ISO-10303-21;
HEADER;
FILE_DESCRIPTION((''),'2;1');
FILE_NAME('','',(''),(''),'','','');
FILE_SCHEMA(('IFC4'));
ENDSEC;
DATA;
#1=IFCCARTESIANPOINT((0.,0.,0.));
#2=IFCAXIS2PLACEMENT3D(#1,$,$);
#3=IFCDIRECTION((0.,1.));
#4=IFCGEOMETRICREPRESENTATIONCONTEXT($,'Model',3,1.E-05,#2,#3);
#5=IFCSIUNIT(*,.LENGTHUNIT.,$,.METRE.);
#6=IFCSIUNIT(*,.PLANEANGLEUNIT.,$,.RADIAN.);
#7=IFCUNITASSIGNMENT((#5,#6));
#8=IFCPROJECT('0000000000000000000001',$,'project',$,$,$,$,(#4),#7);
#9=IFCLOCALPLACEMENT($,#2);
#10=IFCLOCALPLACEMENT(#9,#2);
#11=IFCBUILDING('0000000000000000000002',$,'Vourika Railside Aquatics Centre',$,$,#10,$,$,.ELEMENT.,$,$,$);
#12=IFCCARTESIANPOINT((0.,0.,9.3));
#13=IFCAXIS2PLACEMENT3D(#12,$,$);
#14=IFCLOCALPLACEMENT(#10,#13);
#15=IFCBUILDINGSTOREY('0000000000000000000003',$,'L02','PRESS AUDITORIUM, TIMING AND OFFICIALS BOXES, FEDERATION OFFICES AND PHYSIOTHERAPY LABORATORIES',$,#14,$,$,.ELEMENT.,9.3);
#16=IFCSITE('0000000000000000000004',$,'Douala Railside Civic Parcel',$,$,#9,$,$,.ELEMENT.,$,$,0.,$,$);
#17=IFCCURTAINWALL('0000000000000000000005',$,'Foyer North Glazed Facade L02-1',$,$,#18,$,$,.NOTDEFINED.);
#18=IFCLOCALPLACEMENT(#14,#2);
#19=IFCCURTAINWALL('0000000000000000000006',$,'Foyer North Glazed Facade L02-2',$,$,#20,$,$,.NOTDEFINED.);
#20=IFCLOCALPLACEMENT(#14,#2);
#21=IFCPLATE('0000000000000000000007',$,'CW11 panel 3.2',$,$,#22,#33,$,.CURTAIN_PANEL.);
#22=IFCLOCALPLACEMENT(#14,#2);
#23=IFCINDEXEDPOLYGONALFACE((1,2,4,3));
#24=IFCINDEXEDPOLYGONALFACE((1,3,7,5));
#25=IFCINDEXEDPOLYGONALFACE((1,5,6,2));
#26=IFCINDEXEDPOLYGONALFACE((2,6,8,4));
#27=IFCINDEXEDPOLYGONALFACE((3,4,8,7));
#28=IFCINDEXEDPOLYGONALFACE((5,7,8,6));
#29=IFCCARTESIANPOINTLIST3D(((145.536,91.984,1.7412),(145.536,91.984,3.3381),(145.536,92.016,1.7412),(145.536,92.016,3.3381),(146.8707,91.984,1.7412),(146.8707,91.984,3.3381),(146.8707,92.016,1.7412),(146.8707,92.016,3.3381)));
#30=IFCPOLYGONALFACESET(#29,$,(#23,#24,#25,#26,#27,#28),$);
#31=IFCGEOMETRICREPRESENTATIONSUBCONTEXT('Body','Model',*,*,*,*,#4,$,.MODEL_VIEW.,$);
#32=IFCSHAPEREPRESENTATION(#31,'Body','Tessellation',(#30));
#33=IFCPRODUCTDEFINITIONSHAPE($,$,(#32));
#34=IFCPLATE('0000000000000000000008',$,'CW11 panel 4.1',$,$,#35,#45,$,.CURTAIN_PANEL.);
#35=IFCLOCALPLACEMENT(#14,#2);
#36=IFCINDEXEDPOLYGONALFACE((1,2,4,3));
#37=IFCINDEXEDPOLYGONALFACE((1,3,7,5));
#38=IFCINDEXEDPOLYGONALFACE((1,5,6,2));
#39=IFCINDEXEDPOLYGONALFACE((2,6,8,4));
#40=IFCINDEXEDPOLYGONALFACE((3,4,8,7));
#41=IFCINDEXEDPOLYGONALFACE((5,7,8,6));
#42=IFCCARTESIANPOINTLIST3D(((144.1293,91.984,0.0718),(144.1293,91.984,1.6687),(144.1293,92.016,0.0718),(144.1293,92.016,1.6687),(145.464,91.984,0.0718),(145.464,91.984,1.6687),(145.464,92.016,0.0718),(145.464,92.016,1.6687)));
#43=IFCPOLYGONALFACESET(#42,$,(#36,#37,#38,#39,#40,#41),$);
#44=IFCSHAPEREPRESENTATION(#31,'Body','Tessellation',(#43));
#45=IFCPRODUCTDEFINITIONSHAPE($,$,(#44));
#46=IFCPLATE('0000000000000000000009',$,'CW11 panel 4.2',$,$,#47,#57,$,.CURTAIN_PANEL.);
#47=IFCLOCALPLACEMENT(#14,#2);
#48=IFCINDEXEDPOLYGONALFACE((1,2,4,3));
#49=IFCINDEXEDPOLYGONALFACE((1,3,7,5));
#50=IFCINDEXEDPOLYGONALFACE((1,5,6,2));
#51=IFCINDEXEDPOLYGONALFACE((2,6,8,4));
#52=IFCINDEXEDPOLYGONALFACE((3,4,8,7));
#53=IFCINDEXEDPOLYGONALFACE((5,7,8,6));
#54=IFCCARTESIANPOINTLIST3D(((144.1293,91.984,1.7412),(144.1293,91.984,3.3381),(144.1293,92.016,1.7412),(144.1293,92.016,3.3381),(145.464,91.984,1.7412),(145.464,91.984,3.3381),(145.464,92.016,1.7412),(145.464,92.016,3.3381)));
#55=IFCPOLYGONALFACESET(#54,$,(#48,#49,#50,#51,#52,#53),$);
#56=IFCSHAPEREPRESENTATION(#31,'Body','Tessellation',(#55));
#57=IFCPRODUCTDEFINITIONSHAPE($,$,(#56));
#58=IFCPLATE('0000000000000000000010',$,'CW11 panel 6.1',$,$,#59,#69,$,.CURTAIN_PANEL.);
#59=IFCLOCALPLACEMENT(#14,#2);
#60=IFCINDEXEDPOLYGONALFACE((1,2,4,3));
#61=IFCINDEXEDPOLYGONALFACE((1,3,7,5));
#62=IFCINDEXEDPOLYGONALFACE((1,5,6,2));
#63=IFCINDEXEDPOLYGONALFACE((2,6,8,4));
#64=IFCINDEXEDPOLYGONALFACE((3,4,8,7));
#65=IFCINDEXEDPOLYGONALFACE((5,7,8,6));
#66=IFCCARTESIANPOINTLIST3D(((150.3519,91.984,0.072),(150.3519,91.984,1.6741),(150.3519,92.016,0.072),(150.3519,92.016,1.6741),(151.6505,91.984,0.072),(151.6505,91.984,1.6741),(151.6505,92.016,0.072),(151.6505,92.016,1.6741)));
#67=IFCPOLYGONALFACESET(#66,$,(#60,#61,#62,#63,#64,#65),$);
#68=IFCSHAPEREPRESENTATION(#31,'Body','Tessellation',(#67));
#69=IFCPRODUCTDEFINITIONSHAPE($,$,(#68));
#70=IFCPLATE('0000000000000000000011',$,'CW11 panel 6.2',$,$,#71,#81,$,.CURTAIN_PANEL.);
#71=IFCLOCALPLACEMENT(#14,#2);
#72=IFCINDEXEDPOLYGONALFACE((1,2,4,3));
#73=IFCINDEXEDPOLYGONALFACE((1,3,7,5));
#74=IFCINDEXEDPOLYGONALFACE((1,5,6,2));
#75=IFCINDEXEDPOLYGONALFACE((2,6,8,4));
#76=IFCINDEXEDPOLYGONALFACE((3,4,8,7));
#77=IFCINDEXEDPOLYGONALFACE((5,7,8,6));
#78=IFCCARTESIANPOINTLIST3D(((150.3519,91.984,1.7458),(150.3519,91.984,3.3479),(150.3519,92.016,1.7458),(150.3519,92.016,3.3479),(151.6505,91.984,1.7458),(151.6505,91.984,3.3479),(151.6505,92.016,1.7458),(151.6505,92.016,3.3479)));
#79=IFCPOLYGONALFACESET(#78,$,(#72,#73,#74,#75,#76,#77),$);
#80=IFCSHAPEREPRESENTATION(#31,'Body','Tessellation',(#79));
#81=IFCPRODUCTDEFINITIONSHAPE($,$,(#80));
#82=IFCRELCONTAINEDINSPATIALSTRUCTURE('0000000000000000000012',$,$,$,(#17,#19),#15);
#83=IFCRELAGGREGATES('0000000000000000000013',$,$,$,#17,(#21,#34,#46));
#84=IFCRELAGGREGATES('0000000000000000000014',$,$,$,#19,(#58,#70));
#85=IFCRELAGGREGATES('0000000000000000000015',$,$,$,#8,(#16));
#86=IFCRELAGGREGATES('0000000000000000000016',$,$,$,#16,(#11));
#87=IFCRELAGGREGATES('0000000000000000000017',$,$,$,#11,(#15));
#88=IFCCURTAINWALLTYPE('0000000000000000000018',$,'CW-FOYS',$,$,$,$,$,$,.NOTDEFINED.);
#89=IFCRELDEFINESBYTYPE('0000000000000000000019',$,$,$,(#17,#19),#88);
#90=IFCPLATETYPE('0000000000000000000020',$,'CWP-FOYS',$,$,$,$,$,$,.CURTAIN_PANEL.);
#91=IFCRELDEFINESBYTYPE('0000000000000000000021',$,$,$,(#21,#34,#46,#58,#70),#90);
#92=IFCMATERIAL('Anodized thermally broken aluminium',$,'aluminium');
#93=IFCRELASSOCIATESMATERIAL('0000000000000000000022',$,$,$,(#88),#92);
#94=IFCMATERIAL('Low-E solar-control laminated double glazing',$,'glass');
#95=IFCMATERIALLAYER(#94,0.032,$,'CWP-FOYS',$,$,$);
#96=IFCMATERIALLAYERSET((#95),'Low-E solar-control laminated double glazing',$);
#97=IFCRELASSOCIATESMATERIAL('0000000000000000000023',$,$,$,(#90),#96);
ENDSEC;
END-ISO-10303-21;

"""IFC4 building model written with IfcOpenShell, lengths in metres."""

from ifc_helpers import new_model, si_unit, direction, frame, origin, origin_2d, place, context, subcontext, project, spatial, rectangle, extrude, material, layer, layer_set, type_object, element, aggregate, save


model = new_model("IFC4")

# Units and contexts
model_context = context("Model", 3, precision=1e-05, world=origin(), true_north=direction((0.0, 1.0)))
body_context = subcontext(model_context, "Body", "Model", "MODEL_VIEW")
ifc_project = project(units=[si_unit("LENGTHUNIT", "METRE"), si_unit("PLANEANGLEUNIT", "RADIAN")], contexts=[model_context])

# Site, building, storey
site_placement = place(None, origin())
site = spatial("IfcSite", under=ifc_project, at=site_placement, Name="Douala Railside Civic Parcel", CompositionType="ELEMENT", RefElevation=0.0)
building_placement = place(site_placement, origin())
building = spatial("IfcBuilding", under=site, at=building_placement, Name="Vourika Railside Aquatics Centre", CompositionType="ELEMENT")
storey_placement = place(building_placement, frame((0.0, 0.0, 9.3)))
storey = spatial("IfcBuildingStorey", under=building, at=storey_placement, Name="L02", Description="PRESS AUDITORIUM, TIMING AND OFFICIALS BOXES, FEDERATION OFFICES AND PHYSIOTHERAPY LABORATORIES", CompositionType="ELEMENT", Elevation=9.3)

# Curtain wall
ifc_material_1 = material(Name="Anodized thermally broken aluminium", Category="aluminium")
curtain_wall_type = type_object("IfcCurtainWallType", Name="CW-FOYS", PredefinedType="NOTDEFINED", material=ifc_material_1)
curtain_wall_1_placement = place(storey_placement, origin())
curtain_wall_1 = element("IfcCurtainWall", 1, at=curtain_wall_1_placement, inside=storey, type_object=curtain_wall_type, Name="Foyer North Glazed Facade L02-1", PredefinedType="NOTDEFINED")

# Curtain wall
curtain_wall_2_placement = place(storey_placement, origin())
curtain_wall_2 = element("IfcCurtainWall", 2, at=curtain_wall_2_placement, inside=storey, type_object=curtain_wall_type, Name="Foyer North Glazed Facade L02-2", PredefinedType="NOTDEFINED")

# Plates
ifc_material_2 = material(Name="Low-E solar-control laminated double glazing", Category="glass")
ifc_layer = layer(ifc_material_2, 0.032, Name="CWP-FOYS")
ifc_layer_set = layer_set([ifc_layer], Name="Low-E solar-control laminated double glazing")
plate_type = type_object("IfcPlateType", Name="CWP-FOYS", PredefinedType="CURTAIN_PANEL", material=ifc_layer_set)
plate_1_placement = place(storey_placement, frame((146.2034, 92.0, 1.7412), z_axis=(0.0, 0.0, 1.0), x_axis=(-1.0, 0.0, 0.0)))
plate_1 = element("IfcPlate", 3, at=plate_1_placement, type_object=plate_type, Name="CW11 panel 3.2", PredefinedType="CURTAIN_PANEL", context=body_context, shape_type="SweptSolid", body=[
    extrude(rectangle(XDim=1.3347, YDim=0.032, at=origin_2d()), origin(), (0.0, 0.0, 1.0), 1.5969),
])
plate_2_placement = place(storey_placement, frame((144.7966, 92.0, 0.0718), z_axis=(0.0, 0.0, 1.0), x_axis=(-1.0, 0.0, 0.0)))
plate_2 = element("IfcPlate", 4, at=plate_2_placement, type_object=plate_type, Name="CW11 panel 4.1", PredefinedType="CURTAIN_PANEL", context=body_context, shape_type="SweptSolid", body=[
    extrude(rectangle(XDim=1.3347, YDim=0.032, at=origin_2d()), origin(), (0.0, 0.0, 1.0), 1.5969),
])
plate_3_placement = place(storey_placement, frame((144.7966, 92.0, 1.7412), z_axis=(0.0, 0.0, 1.0), x_axis=(-1.0, 0.0, 0.0)))
plate_3 = element("IfcPlate", 5, at=plate_3_placement, type_object=plate_type, Name="CW11 panel 4.2", PredefinedType="CURTAIN_PANEL", context=body_context, shape_type="SweptSolid", body=[
    extrude(rectangle(XDim=1.3347, YDim=0.032, at=origin_2d()), origin(), (0.0, 0.0, 1.0), 1.5969),
])
aggregate(curtain_wall_1, [plate_1, plate_2, plate_3])
plate_4_placement = place(storey_placement, frame((151.0012, 92.0, 0.072), z_axis=(0.0, 0.0, 1.0), x_axis=(-1.0, 0.0, 0.0)))
plate_4 = element("IfcPlate", 6, at=plate_4_placement, type_object=plate_type, Name="CW11 panel 6.1", PredefinedType="CURTAIN_PANEL", context=body_context, shape_type="SweptSolid", body=[
    extrude(rectangle(XDim=1.2986, YDim=0.032, at=origin_2d()), origin(), (0.0, 0.0, 1.0), 1.6021),
])
plate_5_placement = place(storey_placement, frame((151.0012, 92.0, 1.7458), z_axis=(0.0, 0.0, 1.0), x_axis=(-1.0, 0.0, 0.0)))
plate_5 = element("IfcPlate", 7, at=plate_5_placement, type_object=plate_type, Name="CW11 panel 6.2", PredefinedType="CURTAIN_PANEL", context=body_context, shape_type="SweptSolid", body=[
    extrude(rectangle(XDim=1.2986, YDim=0.032, at=origin_2d()), origin(), (0.0, 0.0, 1.0), 1.6021),
])
aggregate(curtain_wall_2, [plate_4, plate_5])

save(model, "model.ifc")
